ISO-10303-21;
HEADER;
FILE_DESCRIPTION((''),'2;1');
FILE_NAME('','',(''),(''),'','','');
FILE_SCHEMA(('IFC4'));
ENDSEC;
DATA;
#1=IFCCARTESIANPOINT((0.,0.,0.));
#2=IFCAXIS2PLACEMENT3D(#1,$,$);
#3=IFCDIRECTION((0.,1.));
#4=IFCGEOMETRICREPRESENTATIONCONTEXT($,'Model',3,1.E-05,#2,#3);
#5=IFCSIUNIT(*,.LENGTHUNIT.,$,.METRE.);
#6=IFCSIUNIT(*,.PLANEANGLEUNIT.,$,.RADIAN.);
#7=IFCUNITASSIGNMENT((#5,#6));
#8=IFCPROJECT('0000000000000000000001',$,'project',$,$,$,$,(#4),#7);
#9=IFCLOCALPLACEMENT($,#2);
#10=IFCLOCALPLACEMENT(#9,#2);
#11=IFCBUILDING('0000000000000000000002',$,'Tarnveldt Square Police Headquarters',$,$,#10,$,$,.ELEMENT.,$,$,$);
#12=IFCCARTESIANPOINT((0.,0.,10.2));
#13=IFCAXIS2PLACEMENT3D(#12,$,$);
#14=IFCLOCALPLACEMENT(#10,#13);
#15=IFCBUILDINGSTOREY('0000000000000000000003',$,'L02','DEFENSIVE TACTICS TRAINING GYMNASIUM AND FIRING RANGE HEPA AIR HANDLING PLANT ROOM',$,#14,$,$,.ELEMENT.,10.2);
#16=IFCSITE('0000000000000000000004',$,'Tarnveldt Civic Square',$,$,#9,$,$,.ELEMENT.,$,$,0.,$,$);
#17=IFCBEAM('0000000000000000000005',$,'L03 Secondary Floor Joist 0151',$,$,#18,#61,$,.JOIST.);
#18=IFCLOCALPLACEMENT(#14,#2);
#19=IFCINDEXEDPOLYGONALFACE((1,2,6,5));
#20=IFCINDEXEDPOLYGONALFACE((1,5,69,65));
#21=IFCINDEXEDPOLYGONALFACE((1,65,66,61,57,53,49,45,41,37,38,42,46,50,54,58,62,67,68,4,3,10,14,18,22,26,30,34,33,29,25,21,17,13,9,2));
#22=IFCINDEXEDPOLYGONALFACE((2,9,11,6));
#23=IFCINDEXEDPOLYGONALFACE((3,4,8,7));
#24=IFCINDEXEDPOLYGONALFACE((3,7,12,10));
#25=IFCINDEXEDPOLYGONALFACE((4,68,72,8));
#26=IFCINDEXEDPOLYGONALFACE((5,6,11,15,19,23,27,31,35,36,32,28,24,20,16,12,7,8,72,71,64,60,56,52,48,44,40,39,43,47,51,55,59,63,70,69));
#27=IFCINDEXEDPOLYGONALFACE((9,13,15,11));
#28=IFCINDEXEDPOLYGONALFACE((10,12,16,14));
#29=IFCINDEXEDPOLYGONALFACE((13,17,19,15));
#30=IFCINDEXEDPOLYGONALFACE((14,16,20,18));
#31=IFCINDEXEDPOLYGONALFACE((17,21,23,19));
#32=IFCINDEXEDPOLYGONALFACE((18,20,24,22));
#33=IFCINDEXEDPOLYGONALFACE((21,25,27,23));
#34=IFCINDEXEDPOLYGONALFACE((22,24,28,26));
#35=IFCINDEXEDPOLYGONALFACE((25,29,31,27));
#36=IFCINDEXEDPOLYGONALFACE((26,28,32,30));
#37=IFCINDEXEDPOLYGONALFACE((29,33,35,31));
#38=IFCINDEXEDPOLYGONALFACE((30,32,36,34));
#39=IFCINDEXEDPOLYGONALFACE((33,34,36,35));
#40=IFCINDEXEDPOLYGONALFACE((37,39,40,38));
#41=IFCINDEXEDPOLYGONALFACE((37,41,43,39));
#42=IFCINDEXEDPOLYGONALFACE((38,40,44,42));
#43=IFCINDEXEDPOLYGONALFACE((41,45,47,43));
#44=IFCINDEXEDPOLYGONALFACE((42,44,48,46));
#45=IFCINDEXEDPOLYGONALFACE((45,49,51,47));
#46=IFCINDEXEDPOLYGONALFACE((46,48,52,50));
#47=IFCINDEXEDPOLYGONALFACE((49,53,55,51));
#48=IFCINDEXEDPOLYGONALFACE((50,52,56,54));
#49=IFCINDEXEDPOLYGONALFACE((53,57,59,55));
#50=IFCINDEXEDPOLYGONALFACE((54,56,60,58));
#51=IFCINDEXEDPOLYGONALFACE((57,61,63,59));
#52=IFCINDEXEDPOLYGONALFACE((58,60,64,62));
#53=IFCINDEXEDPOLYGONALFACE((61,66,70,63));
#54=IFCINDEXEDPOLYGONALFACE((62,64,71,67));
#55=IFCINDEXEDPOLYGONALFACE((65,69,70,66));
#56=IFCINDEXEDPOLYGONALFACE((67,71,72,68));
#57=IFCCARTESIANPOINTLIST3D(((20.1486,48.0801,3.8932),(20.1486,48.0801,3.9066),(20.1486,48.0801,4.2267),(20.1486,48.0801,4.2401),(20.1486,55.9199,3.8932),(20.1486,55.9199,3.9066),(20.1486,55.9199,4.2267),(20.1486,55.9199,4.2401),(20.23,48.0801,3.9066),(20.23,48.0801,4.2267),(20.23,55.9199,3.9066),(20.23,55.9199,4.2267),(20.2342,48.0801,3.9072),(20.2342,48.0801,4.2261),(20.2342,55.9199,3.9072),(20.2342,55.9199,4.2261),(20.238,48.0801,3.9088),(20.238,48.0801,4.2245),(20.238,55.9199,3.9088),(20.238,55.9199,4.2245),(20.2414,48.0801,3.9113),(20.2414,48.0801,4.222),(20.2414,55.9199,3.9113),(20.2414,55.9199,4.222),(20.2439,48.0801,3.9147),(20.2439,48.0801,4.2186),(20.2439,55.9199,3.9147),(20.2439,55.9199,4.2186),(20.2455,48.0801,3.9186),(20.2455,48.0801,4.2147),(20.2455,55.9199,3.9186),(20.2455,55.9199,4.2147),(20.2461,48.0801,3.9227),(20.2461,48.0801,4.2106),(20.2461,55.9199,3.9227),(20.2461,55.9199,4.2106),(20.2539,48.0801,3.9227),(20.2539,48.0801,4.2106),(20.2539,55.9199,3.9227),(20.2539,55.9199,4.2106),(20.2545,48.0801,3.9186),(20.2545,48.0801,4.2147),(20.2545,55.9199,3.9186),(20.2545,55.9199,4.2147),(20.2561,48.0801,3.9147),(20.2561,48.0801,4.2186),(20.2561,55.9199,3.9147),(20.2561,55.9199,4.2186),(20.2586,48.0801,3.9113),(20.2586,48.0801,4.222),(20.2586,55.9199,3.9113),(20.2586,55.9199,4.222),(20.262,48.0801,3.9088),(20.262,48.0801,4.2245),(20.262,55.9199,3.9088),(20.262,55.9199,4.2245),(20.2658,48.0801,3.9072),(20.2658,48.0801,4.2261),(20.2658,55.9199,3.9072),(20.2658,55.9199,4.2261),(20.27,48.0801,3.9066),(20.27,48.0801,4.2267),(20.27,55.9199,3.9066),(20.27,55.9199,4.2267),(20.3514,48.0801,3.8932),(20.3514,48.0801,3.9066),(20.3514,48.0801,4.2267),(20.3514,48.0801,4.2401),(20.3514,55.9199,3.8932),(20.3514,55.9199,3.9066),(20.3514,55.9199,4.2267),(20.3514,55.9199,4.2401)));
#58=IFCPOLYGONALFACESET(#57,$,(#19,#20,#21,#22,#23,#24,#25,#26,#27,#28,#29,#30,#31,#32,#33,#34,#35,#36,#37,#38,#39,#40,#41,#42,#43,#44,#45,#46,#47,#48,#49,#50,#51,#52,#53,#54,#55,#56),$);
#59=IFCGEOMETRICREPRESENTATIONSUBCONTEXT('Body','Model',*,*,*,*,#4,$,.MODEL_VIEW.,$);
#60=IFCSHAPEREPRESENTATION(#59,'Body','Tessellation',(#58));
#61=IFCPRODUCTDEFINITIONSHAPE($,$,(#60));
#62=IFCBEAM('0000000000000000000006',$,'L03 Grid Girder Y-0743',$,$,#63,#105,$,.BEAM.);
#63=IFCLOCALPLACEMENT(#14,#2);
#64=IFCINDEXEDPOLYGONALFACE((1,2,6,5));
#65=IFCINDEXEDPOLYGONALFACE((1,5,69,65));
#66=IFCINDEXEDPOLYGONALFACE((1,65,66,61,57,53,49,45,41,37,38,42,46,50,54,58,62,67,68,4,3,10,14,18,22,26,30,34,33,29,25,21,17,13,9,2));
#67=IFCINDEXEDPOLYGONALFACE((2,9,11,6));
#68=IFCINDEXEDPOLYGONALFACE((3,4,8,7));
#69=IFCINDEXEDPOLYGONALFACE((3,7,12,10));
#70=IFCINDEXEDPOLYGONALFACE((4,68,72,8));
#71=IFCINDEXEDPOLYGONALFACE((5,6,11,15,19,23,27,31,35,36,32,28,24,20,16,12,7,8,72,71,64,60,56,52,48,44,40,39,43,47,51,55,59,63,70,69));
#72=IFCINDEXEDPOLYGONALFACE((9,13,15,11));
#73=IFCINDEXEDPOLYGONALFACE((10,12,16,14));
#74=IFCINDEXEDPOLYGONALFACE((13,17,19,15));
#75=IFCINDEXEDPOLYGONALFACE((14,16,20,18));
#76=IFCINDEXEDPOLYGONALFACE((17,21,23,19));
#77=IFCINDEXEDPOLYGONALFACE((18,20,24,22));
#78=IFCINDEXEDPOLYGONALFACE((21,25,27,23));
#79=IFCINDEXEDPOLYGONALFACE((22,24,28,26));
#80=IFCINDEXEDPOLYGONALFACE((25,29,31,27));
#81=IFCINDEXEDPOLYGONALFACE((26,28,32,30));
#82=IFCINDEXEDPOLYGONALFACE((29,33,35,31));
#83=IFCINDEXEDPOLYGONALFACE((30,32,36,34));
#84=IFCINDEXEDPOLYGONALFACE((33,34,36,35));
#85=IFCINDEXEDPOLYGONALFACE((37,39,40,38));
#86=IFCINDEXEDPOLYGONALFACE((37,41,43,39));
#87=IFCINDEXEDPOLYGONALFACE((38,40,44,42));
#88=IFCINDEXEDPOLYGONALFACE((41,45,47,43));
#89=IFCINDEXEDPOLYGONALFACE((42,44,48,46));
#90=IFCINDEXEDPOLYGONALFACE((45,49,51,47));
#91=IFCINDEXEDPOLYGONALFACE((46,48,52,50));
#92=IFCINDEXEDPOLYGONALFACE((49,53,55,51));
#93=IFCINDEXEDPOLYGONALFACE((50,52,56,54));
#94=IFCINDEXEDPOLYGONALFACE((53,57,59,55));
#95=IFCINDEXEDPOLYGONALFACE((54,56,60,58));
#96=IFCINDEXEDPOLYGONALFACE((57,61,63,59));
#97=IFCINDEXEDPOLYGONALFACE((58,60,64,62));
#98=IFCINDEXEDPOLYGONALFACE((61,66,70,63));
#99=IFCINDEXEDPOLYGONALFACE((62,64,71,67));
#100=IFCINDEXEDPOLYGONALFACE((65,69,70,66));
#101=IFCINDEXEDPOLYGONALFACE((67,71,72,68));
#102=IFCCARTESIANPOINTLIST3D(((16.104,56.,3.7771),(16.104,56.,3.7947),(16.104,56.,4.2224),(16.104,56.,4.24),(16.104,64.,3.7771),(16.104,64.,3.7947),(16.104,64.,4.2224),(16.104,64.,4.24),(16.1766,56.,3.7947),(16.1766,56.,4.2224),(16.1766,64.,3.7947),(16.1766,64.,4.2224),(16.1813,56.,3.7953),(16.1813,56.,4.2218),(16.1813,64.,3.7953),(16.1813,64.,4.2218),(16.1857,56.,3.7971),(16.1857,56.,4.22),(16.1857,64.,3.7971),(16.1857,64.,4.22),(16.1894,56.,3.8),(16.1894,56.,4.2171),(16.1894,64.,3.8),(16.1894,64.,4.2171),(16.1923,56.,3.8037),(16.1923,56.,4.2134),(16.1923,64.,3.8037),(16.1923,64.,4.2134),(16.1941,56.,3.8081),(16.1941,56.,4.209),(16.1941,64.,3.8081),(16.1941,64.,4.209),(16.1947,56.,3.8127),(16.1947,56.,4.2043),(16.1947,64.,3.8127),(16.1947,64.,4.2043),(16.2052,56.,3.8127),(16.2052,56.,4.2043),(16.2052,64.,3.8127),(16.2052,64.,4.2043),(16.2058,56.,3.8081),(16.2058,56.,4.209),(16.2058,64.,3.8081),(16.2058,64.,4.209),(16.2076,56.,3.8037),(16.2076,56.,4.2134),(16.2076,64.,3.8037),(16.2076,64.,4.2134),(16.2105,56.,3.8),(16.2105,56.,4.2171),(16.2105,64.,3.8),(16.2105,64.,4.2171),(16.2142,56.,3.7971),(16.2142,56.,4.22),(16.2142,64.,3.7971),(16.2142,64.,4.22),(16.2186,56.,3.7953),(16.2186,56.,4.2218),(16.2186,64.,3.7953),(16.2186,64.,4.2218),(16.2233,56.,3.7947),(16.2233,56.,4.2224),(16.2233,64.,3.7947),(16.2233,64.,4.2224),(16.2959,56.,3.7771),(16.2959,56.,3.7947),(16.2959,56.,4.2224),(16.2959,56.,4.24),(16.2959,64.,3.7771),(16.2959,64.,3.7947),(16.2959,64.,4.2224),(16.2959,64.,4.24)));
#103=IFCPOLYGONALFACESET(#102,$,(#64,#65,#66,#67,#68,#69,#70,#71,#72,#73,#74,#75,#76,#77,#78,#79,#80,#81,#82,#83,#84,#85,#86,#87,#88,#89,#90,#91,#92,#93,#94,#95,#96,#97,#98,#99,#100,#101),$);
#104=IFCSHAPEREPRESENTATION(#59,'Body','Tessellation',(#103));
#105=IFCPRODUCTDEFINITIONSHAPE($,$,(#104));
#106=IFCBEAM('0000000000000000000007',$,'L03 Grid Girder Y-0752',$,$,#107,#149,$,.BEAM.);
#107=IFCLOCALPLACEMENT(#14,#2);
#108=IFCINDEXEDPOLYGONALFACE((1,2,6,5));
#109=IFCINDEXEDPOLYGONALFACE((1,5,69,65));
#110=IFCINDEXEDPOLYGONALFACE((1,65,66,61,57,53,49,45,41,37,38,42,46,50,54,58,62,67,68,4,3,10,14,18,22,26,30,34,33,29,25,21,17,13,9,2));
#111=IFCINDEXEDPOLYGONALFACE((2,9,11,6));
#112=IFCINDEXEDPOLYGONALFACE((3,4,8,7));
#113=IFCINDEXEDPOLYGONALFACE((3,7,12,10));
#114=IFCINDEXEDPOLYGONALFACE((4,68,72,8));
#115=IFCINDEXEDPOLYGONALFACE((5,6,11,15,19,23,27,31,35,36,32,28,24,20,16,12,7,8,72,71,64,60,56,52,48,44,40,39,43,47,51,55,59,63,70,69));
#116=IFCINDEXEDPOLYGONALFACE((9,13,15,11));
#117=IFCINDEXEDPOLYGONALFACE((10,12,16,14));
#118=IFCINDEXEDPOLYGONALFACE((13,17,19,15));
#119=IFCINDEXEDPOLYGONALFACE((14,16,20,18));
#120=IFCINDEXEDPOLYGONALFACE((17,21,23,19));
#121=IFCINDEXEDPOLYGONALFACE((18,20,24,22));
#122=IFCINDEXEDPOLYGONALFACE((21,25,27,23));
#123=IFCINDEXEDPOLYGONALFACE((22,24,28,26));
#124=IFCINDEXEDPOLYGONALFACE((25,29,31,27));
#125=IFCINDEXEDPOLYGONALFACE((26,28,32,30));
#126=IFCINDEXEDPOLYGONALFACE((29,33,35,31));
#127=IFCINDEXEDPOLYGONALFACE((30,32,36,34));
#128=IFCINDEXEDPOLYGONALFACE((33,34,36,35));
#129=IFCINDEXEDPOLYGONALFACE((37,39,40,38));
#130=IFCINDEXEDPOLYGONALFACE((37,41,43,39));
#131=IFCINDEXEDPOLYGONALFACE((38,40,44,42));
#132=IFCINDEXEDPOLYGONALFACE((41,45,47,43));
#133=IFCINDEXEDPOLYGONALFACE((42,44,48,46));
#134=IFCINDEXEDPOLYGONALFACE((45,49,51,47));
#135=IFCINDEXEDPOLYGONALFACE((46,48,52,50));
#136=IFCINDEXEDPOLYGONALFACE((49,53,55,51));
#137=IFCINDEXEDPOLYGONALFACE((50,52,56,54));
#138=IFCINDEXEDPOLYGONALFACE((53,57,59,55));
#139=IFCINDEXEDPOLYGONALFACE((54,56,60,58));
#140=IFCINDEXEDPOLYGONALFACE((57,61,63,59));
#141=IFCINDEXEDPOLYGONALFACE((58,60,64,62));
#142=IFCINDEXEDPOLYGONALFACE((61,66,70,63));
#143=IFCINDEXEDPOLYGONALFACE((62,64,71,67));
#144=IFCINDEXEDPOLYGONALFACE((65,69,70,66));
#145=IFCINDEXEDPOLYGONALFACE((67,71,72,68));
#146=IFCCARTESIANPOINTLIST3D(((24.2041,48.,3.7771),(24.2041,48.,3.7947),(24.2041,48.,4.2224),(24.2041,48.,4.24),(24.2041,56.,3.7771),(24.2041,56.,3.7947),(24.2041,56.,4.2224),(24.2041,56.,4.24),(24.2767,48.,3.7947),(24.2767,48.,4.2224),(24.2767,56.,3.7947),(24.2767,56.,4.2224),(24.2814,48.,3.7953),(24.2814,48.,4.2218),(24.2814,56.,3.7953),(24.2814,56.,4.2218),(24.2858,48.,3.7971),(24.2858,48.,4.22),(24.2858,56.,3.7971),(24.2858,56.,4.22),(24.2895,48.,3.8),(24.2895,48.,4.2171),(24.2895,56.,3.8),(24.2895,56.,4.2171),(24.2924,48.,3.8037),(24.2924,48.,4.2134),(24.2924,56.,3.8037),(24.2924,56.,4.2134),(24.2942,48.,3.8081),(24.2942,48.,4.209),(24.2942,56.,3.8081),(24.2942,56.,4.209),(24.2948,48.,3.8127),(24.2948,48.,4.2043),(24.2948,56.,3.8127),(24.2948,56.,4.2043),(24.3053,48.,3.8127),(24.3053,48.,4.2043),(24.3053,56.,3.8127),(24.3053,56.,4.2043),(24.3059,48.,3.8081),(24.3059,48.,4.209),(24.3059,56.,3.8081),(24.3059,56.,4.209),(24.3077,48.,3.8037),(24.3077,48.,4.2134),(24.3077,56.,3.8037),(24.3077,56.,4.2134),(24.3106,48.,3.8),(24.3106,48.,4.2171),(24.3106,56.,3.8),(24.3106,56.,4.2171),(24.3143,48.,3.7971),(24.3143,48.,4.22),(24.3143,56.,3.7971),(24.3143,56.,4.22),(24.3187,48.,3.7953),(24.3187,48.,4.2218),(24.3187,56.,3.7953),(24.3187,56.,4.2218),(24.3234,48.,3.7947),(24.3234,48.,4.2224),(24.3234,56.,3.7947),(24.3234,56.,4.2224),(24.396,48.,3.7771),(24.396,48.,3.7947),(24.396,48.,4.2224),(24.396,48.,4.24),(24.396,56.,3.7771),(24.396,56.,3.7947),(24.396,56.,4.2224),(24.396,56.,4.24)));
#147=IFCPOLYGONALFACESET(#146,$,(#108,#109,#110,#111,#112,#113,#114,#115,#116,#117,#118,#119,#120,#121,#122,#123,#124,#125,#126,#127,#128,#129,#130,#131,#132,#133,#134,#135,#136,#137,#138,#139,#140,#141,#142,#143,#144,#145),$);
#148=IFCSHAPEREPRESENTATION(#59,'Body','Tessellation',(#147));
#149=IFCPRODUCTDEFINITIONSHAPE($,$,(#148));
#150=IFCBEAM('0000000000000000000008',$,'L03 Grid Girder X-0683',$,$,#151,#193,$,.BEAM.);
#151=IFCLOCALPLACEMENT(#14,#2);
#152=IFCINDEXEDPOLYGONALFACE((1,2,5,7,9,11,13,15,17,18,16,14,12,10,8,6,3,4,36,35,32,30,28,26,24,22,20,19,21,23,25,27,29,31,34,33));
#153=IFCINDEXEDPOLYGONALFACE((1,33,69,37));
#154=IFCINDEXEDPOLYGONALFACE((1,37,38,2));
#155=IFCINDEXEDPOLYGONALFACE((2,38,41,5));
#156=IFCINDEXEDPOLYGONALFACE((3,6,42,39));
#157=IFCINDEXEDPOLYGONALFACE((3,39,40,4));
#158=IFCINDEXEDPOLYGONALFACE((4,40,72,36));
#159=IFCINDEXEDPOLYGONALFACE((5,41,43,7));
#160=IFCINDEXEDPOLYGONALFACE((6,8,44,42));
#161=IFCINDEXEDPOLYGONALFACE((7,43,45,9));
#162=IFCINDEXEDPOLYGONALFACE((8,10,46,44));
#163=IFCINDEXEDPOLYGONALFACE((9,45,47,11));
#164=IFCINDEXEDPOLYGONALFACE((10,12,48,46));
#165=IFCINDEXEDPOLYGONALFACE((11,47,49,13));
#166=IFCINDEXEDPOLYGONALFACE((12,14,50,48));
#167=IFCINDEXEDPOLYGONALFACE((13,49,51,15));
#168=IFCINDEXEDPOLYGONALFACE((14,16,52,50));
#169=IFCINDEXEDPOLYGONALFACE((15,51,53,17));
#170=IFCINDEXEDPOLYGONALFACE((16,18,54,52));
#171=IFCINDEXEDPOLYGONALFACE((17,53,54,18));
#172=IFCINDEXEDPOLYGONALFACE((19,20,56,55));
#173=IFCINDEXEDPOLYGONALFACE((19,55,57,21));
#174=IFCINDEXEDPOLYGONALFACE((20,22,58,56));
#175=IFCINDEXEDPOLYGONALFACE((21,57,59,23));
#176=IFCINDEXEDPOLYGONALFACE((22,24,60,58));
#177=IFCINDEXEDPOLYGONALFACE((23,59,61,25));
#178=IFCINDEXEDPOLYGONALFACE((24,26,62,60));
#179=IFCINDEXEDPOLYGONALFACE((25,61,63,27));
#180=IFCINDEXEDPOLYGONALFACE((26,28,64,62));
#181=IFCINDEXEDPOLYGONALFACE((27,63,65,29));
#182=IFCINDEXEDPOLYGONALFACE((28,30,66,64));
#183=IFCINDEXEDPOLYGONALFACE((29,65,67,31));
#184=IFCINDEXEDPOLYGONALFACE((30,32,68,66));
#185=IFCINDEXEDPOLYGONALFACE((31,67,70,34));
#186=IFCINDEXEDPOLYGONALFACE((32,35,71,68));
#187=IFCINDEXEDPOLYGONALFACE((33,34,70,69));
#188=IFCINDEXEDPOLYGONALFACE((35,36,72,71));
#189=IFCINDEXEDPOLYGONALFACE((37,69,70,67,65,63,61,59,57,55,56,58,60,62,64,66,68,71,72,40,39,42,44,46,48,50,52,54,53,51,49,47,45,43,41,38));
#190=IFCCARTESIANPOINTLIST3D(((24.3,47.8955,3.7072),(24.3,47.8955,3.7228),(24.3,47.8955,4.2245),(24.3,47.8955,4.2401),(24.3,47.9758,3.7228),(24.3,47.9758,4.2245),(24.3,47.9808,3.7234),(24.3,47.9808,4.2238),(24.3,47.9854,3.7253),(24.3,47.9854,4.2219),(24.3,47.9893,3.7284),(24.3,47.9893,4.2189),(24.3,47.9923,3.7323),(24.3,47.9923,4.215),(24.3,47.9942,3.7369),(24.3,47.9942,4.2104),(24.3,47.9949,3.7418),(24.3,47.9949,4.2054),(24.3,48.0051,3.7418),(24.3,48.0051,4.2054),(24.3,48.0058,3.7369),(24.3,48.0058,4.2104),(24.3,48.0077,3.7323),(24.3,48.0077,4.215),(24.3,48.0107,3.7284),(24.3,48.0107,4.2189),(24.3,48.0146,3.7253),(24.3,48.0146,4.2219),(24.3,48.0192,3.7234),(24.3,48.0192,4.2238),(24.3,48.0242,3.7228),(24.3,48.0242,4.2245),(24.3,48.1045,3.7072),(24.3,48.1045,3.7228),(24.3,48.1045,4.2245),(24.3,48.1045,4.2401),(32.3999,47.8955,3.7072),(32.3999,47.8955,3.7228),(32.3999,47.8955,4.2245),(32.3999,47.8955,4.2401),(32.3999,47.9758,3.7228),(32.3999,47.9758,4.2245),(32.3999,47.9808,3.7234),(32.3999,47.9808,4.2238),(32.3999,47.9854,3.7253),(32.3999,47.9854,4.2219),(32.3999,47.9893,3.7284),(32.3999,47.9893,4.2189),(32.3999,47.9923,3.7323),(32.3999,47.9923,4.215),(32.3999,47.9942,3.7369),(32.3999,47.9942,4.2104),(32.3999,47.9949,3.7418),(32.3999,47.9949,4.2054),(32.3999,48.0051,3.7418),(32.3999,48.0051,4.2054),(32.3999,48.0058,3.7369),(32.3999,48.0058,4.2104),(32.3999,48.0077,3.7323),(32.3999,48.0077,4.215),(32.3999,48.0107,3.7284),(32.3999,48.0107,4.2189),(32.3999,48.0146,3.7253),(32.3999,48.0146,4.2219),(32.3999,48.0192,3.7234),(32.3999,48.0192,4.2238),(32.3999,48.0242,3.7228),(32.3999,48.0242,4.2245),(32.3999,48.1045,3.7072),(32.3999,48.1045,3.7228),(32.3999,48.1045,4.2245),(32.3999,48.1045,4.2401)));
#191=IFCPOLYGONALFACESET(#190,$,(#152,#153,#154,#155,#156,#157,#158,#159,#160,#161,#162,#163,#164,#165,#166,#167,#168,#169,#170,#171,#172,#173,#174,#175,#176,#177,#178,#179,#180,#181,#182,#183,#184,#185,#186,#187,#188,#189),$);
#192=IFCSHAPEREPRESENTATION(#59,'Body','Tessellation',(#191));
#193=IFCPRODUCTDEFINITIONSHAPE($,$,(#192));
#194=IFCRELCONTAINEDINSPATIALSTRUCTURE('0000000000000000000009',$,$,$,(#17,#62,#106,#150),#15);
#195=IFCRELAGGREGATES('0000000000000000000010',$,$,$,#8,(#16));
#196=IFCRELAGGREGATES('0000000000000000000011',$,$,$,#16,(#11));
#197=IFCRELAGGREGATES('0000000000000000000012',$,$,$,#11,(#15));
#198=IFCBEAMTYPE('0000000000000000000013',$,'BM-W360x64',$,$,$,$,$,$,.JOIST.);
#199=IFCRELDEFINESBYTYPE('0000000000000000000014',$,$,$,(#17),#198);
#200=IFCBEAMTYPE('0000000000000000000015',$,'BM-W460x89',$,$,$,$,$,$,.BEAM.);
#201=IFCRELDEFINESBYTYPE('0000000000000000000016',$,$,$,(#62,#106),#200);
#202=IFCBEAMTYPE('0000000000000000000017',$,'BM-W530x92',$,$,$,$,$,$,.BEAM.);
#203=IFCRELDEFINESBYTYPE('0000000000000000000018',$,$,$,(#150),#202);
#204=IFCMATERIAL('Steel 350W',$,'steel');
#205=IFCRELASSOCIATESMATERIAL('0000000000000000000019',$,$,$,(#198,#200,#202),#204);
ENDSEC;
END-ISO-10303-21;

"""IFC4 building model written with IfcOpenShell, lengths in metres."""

from ifc_helpers import new_model, si_unit, direction, frame, origin, origin_2d, place, context, subcontext, project, spatial, i_section, extrude, material, material_profile, profile_set, type_object, element, save


model = new_model("IFC4")

# Units and contexts
model_context = context("Model", 3, precision=1e-05, world=origin(), true_north=direction((0.0, 1.0)))
body_context = subcontext(model_context, "Body", "Model", "MODEL_VIEW")
ifc_project = project(units=[si_unit("LENGTHUNIT", "METRE"), si_unit("PLANEANGLEUNIT", "RADIAN")], contexts=[model_context])

# Site, building, storey
site_placement = place(None, origin())
site = spatial("IfcSite", under=ifc_project, at=site_placement, Name="Tarnveldt Civic Square", CompositionType="ELEMENT", RefElevation=0.0)
building_placement = place(site_placement, origin())
building = spatial("IfcBuilding", under=site, at=building_placement, Name="Tarnveldt Square Police Headquarters", CompositionType="ELEMENT")
storey_placement = place(building_placement, frame((0.0, 0.0, 10.2)))
storey = spatial("IfcBuildingStorey", under=building, at=storey_placement, Name="L02", Description="DEFENSIVE TACTICS TRAINING GYMNASIUM AND FIRING RANGE HEPA AIR HANDLING PLANT ROOM", CompositionType="ELEMENT", Elevation=10.2)

# Beams
ifc_material_1 = material(Name="Steel 350W", Category="steel")
ifc_material_profile_1 = material_profile(ifc_material_1, i_section(OverallWidth=0.2029, OverallDepth=0.3469, WebThickness=0.0078, FlangeThickness=0.0134, FilletRadius=0.0161, at=origin_2d()), Name="W360x64")
ifc_profile_set_1 = profile_set([ifc_material_profile_1], Name="Steel 350W")
beam_type_1 = type_object("IfcBeamType", Name="BM-W360x64", PredefinedType="JOIST", material=ifc_profile_set_1)
beam_1_placement = place(storey_placement, frame((20.25, 48.0801, 4.0667), z_axis=(0.0, 1.0, 0.0), x_axis=(-1.0, 0.0, 0.0)))
element("IfcBeam", 1, at=beam_1_placement, inside=storey, type_object=beam_type_1, Name="L03 Secondary Floor Joist 0151", PredefinedType="JOIST", context=body_context, shape_type="SweptSolid", body=[
    extrude(i_section(OverallWidth=0.2029, OverallDepth=0.3469, WebThickness=0.0078, FlangeThickness=0.0134, FilletRadius=0.0161, at=origin_2d()), origin(), (0.0, 0.0, 1.0), 7.8398),
])
ifc_material_profile_2 = material_profile(ifc_material_1, i_section(OverallWidth=0.1919, OverallDepth=0.4629, WebThickness=0.0105, FlangeThickness=0.0176, FilletRadius=0.0181, at=origin_2d()), Name="W460x89")
ifc_profile_set_2 = profile_set([ifc_material_profile_2], Name="Steel 350W")
beam_type_2 = type_object("IfcBeamType", Name="BM-W460x89", PredefinedType="BEAM", material=ifc_profile_set_2)
for number, where, z_axis, x_axis, name in (
    (2, (16.2, 56.0, 4.0085), (0.0, 1.0, 0.0), (-1.0, 0.0, 0.0), "L03 Grid Girder Y-0743"),
    (3, (24.3, 48.0, 4.0085), (0.0, 1.0, 0.0), (-1.0, 0.0, 0.0), "L03 Grid Girder Y-0752"),
):
    element("IfcBeam", number, at=place(storey_placement, frame(where, z_axis=z_axis, x_axis=x_axis)), inside=storey, type_object=beam_type_2, Name=name, PredefinedType="BEAM", context=body_context, shape_type="SweptSolid", body=[
        extrude(i_section(OverallWidth=0.1919, OverallDepth=0.4629, WebThickness=0.0105, FlangeThickness=0.0176, FilletRadius=0.0181, at=origin_2d()), origin(), (0.0, 0.0, 1.0), 8.0),
    ])
ifc_material_profile_3 = material_profile(ifc_material_1, i_section(OverallWidth=0.209, OverallDepth=0.533, WebThickness=0.0103, FlangeThickness=0.0156, FilletRadius=0.019, at=origin_2d()), Name="W530x92")
ifc_profile_set_3 = profile_set([ifc_material_profile_3], Name="Steel 350W")
beam_type_3 = type_object("IfcBeamType", Name="BM-W530x92", PredefinedType="BEAM", material=ifc_profile_set_3)
for number, where, z_axis, x_axis, name in (
    (4, (24.3, 48.0, 3.9736), (1.0, 0.0, 0.0), (0.0, 1.0, 0.0), "L03 Grid Girder X-0683"),
):
    element("IfcBeam", number, at=place(storey_placement, frame(where, z_axis=z_axis, x_axis=x_axis)), inside=storey, type_object=beam_type_3, Name=name, PredefinedType="BEAM", context=body_context, shape_type="SweptSolid", body=[
        extrude(i_section(OverallWidth=0.209, OverallDepth=0.533, WebThickness=0.0103, FlangeThickness=0.0156, FilletRadius=0.019, at=origin_2d()), origin(), (0.0, 0.0, 1.0), 8.0999),
    ])

save(model, "model.ifc")
